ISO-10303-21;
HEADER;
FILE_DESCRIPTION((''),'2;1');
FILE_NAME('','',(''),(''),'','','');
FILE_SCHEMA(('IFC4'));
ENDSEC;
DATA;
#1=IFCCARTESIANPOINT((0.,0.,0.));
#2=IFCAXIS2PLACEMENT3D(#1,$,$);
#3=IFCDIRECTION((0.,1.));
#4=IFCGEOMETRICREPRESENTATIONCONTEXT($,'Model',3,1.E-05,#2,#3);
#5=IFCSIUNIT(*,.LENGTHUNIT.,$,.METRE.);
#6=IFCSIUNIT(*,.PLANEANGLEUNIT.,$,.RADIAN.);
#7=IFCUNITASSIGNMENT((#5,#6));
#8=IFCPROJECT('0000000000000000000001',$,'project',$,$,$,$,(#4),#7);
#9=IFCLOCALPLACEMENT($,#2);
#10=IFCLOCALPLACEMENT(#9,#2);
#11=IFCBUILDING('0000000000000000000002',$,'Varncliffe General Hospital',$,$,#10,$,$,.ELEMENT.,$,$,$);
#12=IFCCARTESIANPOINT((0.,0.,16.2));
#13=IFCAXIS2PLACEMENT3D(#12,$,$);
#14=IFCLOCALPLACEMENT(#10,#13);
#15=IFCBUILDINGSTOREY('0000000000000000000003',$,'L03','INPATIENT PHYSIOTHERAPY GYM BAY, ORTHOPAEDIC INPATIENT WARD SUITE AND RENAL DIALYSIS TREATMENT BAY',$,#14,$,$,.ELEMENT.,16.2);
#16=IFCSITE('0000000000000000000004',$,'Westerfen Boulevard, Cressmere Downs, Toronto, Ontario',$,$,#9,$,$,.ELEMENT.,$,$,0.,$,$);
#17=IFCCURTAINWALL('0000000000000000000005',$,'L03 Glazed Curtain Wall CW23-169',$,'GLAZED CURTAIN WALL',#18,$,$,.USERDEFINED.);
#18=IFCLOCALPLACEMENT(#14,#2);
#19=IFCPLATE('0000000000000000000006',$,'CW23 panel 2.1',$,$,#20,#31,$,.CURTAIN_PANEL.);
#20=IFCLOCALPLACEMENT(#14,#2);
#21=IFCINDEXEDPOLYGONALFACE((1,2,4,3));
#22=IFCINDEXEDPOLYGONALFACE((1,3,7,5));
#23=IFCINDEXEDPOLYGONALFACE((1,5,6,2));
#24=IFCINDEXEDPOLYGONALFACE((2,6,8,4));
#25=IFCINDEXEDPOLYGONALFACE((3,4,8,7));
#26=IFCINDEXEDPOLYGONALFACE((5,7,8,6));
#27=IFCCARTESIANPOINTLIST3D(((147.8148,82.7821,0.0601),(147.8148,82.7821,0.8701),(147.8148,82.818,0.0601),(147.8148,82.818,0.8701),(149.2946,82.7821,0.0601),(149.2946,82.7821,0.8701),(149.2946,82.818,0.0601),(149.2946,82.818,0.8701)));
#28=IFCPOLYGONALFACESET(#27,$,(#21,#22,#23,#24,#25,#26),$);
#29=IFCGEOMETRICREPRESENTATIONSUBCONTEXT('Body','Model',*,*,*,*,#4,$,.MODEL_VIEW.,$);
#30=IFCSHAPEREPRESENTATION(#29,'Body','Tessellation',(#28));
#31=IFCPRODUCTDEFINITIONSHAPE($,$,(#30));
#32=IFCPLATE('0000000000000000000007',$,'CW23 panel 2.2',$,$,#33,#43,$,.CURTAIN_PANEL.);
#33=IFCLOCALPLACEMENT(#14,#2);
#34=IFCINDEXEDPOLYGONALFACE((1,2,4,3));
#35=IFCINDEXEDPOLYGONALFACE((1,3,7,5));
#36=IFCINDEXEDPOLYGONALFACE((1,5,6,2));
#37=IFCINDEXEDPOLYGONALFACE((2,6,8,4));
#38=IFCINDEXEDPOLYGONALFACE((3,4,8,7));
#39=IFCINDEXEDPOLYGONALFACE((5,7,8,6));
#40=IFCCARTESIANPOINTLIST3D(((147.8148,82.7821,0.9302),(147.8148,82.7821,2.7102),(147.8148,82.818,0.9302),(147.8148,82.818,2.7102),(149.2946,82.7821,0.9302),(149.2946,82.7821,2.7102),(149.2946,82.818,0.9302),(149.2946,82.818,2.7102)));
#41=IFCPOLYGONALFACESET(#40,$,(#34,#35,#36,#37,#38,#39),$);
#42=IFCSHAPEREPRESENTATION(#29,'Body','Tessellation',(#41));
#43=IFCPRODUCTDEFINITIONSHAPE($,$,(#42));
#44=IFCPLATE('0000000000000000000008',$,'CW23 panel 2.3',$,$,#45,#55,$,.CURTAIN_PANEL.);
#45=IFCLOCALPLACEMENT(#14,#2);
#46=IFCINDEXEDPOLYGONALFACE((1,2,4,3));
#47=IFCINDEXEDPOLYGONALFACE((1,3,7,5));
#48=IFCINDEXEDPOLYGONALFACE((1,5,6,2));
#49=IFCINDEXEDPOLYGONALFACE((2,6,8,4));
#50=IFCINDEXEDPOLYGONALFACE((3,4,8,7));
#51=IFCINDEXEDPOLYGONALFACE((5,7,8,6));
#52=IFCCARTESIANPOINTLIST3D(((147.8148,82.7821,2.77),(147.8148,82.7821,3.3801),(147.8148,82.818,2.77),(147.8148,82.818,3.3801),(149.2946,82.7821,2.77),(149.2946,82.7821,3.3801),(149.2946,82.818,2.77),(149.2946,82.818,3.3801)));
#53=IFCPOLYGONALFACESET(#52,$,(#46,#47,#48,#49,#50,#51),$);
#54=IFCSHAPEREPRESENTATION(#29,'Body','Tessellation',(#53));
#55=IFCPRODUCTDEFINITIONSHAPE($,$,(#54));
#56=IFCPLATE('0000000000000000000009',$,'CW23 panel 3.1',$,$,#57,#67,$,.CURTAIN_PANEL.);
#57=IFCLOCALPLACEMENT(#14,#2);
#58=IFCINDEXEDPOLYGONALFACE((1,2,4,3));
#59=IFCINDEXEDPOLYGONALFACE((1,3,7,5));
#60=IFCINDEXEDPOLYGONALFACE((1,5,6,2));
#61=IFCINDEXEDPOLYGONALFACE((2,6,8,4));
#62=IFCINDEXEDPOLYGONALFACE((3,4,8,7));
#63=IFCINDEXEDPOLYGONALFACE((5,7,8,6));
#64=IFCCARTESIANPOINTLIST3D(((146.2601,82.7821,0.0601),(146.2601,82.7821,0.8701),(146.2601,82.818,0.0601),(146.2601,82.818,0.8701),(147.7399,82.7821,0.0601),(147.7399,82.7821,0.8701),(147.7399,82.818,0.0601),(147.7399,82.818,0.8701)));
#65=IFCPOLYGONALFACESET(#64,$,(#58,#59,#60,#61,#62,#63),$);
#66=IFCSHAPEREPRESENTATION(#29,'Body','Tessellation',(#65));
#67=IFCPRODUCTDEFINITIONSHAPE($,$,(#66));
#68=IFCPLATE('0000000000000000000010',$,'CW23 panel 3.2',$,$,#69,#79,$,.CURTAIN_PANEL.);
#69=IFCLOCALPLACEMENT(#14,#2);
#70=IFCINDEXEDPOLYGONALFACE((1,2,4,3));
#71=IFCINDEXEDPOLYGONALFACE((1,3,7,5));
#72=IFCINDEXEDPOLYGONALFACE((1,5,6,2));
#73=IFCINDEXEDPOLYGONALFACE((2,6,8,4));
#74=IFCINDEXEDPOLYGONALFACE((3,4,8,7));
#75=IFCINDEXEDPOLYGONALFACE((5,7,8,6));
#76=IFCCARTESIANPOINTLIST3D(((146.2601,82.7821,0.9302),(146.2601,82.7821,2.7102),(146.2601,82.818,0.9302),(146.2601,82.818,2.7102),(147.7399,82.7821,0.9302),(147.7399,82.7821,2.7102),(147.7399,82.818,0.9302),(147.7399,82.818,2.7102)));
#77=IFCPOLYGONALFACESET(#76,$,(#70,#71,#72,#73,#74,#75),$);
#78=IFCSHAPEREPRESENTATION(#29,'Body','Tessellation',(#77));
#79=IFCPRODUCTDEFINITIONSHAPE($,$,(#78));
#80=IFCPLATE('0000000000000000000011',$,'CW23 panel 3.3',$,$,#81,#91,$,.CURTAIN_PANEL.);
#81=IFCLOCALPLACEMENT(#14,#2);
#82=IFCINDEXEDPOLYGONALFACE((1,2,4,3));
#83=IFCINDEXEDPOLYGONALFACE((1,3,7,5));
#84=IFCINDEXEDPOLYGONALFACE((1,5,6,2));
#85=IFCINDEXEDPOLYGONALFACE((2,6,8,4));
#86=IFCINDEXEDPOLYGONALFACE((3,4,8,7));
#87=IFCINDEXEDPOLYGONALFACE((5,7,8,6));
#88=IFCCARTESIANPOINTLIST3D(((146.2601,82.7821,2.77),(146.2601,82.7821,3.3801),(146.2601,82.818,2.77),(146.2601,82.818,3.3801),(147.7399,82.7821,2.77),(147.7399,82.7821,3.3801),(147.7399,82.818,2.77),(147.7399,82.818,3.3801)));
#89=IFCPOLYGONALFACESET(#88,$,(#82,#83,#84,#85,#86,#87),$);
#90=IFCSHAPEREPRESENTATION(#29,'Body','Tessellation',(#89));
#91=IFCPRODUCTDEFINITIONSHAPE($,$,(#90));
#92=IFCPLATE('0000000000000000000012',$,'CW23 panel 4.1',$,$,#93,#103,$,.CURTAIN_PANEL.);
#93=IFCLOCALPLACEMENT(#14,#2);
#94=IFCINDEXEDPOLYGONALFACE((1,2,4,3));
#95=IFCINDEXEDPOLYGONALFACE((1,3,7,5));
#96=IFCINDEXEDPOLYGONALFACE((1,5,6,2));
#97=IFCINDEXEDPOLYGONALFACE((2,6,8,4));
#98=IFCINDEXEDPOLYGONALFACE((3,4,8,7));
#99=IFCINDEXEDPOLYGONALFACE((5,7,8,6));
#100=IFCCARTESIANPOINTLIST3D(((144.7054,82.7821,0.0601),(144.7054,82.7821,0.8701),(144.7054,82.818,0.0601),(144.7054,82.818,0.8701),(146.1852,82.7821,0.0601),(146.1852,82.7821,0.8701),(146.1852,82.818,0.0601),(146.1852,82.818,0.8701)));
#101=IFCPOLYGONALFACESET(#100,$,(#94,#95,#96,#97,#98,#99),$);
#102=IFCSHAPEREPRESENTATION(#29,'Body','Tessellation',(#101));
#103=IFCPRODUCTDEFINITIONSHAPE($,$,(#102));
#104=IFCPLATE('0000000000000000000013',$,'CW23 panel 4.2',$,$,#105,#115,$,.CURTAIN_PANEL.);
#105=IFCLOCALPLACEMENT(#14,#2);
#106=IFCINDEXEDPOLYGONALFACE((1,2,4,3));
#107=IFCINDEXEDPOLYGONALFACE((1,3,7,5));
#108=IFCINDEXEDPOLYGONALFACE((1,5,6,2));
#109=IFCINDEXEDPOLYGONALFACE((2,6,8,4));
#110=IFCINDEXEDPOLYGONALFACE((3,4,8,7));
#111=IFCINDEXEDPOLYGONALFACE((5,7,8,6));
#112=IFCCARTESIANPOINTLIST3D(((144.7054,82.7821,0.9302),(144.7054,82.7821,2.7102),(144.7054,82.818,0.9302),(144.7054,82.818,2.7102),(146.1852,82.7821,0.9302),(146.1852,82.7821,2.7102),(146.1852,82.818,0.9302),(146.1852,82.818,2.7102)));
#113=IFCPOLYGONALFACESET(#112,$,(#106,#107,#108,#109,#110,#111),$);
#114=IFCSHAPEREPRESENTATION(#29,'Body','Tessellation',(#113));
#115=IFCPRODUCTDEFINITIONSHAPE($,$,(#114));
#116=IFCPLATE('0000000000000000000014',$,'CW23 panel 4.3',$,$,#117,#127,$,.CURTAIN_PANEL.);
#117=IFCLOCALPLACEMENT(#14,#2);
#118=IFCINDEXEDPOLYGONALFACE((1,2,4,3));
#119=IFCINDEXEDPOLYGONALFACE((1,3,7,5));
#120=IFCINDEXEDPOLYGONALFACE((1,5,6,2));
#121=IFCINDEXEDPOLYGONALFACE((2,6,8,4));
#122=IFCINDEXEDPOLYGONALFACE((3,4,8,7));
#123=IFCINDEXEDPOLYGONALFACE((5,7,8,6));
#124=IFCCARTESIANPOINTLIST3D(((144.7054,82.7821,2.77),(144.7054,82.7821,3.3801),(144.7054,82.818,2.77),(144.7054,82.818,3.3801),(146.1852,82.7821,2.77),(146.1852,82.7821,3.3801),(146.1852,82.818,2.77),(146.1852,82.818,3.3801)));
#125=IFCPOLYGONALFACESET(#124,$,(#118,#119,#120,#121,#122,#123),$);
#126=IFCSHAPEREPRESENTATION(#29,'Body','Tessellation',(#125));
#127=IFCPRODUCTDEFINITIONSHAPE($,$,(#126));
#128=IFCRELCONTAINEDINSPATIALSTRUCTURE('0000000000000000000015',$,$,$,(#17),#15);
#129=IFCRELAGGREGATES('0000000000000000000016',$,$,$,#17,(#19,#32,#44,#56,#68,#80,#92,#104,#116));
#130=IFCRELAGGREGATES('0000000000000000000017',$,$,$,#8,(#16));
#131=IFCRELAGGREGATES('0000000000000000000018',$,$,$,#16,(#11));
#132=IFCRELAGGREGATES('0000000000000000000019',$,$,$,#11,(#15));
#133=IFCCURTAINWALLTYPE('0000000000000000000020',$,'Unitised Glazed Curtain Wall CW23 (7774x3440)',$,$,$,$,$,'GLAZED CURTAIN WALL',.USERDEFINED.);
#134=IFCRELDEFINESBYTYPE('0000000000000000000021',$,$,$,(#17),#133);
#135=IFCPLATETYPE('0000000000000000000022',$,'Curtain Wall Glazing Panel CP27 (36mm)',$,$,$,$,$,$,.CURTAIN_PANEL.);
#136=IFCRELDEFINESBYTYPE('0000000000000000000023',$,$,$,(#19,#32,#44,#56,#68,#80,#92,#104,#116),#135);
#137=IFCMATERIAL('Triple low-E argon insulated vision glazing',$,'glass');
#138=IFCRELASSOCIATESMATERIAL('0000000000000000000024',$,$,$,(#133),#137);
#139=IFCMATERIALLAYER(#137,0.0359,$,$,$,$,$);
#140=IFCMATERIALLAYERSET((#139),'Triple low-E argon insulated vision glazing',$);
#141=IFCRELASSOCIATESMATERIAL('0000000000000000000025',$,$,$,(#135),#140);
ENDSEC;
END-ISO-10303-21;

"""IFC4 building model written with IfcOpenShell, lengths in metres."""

from ifc_helpers import new_model, si_unit, direction, frame, origin, origin_2d, place, context, subcontext, project, spatial, rectangle, extrude, material, layer, layer_set, type_object, element, aggregate, save


model = new_model("IFC4")

# Units and contexts
model_context = context("Model", 3, precision=1e-05, world=origin(), true_north=direction((0.0, 1.0)))
body_context = subcontext(model_context, "Body", "Model", "MODEL_VIEW")
ifc_project = project(units=[si_unit("LENGTHUNIT", "METRE"), si_unit("PLANEANGLEUNIT", "RADIAN")], contexts=[model_context])

# Site, building, storey
site_placement = place(None, origin())
site = spatial("IfcSite", under=ifc_project, at=site_placement, Name="Westerfen Boulevard, Cressmere Downs, Toronto, Ontario", CompositionType="ELEMENT", RefElevation=0.0)
building_placement = place(site_placement, origin())
building = spatial("IfcBuilding", under=site, at=building_placement, Name="Varncliffe General Hospital", CompositionType="ELEMENT")
storey_placement = place(building_placement, frame((0.0, 0.0, 16.2)))
storey = spatial("IfcBuildingStorey", under=building, at=storey_placement, Name="L03", Description="INPATIENT PHYSIOTHERAPY GYM BAY, ORTHOPAEDIC INPATIENT WARD SUITE AND RENAL DIALYSIS TREATMENT BAY", CompositionType="ELEMENT", Elevation=16.2)

# Curtain wall, plates
ifc_material_1 = material(Name="Triple low-E argon insulated vision glazing", Category="glass")
curtain_wall_type = type_object("IfcCurtainWallType", Name="Unitised Glazed Curtain Wall CW23 (7774x3440)", ElementType="GLAZED CURTAIN WALL", PredefinedType="USERDEFINED", material=ifc_material_1)
curtain_wall_placement = place(storey_placement, origin())
curtain_wall = element("IfcCurtainWall", 1, at=curtain_wall_placement, inside=storey, type_object=curtain_wall_type, Name="L03 Glazed Curtain Wall CW23-169", ObjectType="GLAZED CURTAIN WALL", PredefinedType="USERDEFINED")
ifc_layer = layer(ifc_material_1, 0.0359)
ifc_layer_set = layer_set([ifc_layer], Name="Triple low-E argon insulated vision glazing")
plate_type = type_object("IfcPlateType", Name="Curtain Wall Glazing Panel CP27 (36mm)", PredefinedType="CURTAIN_PANEL", material=ifc_layer_set)
plate_1_placement = place(storey_placement, frame((148.5547, 82.8, 0.0601), z_axis=(0.0, 0.0, 1.0), x_axis=(-1.0, 0.0, 0.0)))
plate_1 = element("IfcPlate", 2, at=plate_1_placement, type_object=plate_type, Name="CW23 panel 2.1", PredefinedType="CURTAIN_PANEL", context=body_context, shape_type="SweptSolid", body=[
    extrude(rectangle(XDim=1.4797, YDim=0.0359, at=origin_2d()), origin(), (0.0, 0.0, 1.0), 0.8101),
])
plate_2_placement = place(storey_placement, frame((148.5547, 82.8, 0.9302), z_axis=(0.0, 0.0, 1.0), x_axis=(-1.0, 0.0, 0.0)))
plate_2 = element("IfcPlate", 3, at=plate_2_placement, type_object=plate_type, Name="CW23 panel 2.2", PredefinedType="CURTAIN_PANEL", context=body_context, shape_type="SweptSolid", body=[
    extrude(rectangle(XDim=1.4797, YDim=0.0359, at=origin_2d()), origin(), (0.0, 0.0, 1.0), 1.78),
])
plate_3_placement = place(storey_placement, frame((148.5547, 82.8, 2.77), z_axis=(0.0, 0.0, 1.0), x_axis=(-1.0, 0.0, 0.0)))
plate_3 = element("IfcPlate", 4, at=plate_3_placement, type_object=plate_type, Name="CW23 panel 2.3", PredefinedType="CURTAIN_PANEL", context=body_context, shape_type="SweptSolid", body=[
    extrude(rectangle(XDim=1.4797, YDim=0.0359, at=origin_2d()), origin(), (0.0, 0.0, 1.0), 0.6101),
])
plate_4_placement = place(storey_placement, frame((147.0, 82.8, 0.0601), z_axis=(0.0, 0.0, 1.0), x_axis=(-1.0, 0.0, 0.0)))
plate_4 = element("IfcPlate", 5, at=plate_4_placement, type_object=plate_type, Name="CW23 panel 3.1", PredefinedType="CURTAIN_PANEL", context=body_context, shape_type="SweptSolid", body=[
    extrude(rectangle(XDim=1.4797, YDim=0.0359, at=origin_2d()), origin(), (0.0, 0.0, 1.0), 0.8101),
])
plate_5_placement = place(storey_placement, frame((147.0, 82.8, 0.9302), z_axis=(0.0, 0.0, 1.0), x_axis=(-1.0, 0.0, 0.0)))
plate_5 = element("IfcPlate", 6, at=plate_5_placement, type_object=plate_type, Name="CW23 panel 3.2", PredefinedType="CURTAIN_PANEL", context=body_context, shape_type="SweptSolid", body=[
    extrude(rectangle(XDim=1.4797, YDim=0.0359, at=origin_2d()), origin(), (0.0, 0.0, 1.0), 1.78),
])
plate_6_placement = place(storey_placement, frame((147.0, 82.8, 2.77), z_axis=(0.0, 0.0, 1.0), x_axis=(-1.0, 0.0, 0.0)))
plate_6 = element("IfcPlate", 7, at=plate_6_placement, type_object=plate_type, Name="CW23 panel 3.3", PredefinedType="CURTAIN_PANEL", context=body_context, shape_type="SweptSolid", body=[
    extrude(rectangle(XDim=1.4797, YDim=0.0359, at=origin_2d()), origin(), (0.0, 0.0, 1.0), 0.6101),
])
plate_7_placement = place(storey_placement, frame((145.4453, 82.8, 0.0601), z_axis=(0.0, 0.0, 1.0), x_axis=(-1.0, 0.0, 0.0)))
plate_7 = element("IfcPlate", 8, at=plate_7_placement, type_object=plate_type, Name="CW23 panel 4.1", PredefinedType="CURTAIN_PANEL", context=body_context, shape_type="SweptSolid", body=[
    extrude(rectangle(XDim=1.4797, YDim=0.0359, at=origin_2d()), origin(), (0.0, 0.0, 1.0), 0.8101),
])
plate_8_placement = place(storey_placement, frame((145.4453, 82.8, 0.9302), z_axis=(0.0, 0.0, 1.0), x_axis=(-1.0, 0.0, 0.0)))
plate_8 = element("IfcPlate", 9, at=plate_8_placement, type_object=plate_type, Name="CW23 panel 4.2", PredefinedType="CURTAIN_PANEL", context=body_context, shape_type="SweptSolid", body=[
    extrude(rectangle(XDim=1.4797, YDim=0.0359, at=origin_2d()), origin(), (0.0, 0.0, 1.0), 1.78),
])
plate_9_placement = place(storey_placement, frame((145.4453, 82.8, 2.77), z_axis=(0.0, 0.0, 1.0), x_axis=(-1.0, 0.0, 0.0)))
plate_9 = element("IfcPlate", 10, at=plate_9_placement, type_object=plate_type, Name="CW23 panel 4.3", PredefinedType="CURTAIN_PANEL", context=body_context, shape_type="SweptSolid", body=[
    extrude(rectangle(XDim=1.4797, YDim=0.0359, at=origin_2d()), origin(), (0.0, 0.0, 1.0), 0.6101),
])
aggregate(curtain_wall, [plate_1, plate_2, plate_3, plate_4, plate_5, plate_6, plate_7, plate_8, plate_9])

save(model, "model.ifc")
